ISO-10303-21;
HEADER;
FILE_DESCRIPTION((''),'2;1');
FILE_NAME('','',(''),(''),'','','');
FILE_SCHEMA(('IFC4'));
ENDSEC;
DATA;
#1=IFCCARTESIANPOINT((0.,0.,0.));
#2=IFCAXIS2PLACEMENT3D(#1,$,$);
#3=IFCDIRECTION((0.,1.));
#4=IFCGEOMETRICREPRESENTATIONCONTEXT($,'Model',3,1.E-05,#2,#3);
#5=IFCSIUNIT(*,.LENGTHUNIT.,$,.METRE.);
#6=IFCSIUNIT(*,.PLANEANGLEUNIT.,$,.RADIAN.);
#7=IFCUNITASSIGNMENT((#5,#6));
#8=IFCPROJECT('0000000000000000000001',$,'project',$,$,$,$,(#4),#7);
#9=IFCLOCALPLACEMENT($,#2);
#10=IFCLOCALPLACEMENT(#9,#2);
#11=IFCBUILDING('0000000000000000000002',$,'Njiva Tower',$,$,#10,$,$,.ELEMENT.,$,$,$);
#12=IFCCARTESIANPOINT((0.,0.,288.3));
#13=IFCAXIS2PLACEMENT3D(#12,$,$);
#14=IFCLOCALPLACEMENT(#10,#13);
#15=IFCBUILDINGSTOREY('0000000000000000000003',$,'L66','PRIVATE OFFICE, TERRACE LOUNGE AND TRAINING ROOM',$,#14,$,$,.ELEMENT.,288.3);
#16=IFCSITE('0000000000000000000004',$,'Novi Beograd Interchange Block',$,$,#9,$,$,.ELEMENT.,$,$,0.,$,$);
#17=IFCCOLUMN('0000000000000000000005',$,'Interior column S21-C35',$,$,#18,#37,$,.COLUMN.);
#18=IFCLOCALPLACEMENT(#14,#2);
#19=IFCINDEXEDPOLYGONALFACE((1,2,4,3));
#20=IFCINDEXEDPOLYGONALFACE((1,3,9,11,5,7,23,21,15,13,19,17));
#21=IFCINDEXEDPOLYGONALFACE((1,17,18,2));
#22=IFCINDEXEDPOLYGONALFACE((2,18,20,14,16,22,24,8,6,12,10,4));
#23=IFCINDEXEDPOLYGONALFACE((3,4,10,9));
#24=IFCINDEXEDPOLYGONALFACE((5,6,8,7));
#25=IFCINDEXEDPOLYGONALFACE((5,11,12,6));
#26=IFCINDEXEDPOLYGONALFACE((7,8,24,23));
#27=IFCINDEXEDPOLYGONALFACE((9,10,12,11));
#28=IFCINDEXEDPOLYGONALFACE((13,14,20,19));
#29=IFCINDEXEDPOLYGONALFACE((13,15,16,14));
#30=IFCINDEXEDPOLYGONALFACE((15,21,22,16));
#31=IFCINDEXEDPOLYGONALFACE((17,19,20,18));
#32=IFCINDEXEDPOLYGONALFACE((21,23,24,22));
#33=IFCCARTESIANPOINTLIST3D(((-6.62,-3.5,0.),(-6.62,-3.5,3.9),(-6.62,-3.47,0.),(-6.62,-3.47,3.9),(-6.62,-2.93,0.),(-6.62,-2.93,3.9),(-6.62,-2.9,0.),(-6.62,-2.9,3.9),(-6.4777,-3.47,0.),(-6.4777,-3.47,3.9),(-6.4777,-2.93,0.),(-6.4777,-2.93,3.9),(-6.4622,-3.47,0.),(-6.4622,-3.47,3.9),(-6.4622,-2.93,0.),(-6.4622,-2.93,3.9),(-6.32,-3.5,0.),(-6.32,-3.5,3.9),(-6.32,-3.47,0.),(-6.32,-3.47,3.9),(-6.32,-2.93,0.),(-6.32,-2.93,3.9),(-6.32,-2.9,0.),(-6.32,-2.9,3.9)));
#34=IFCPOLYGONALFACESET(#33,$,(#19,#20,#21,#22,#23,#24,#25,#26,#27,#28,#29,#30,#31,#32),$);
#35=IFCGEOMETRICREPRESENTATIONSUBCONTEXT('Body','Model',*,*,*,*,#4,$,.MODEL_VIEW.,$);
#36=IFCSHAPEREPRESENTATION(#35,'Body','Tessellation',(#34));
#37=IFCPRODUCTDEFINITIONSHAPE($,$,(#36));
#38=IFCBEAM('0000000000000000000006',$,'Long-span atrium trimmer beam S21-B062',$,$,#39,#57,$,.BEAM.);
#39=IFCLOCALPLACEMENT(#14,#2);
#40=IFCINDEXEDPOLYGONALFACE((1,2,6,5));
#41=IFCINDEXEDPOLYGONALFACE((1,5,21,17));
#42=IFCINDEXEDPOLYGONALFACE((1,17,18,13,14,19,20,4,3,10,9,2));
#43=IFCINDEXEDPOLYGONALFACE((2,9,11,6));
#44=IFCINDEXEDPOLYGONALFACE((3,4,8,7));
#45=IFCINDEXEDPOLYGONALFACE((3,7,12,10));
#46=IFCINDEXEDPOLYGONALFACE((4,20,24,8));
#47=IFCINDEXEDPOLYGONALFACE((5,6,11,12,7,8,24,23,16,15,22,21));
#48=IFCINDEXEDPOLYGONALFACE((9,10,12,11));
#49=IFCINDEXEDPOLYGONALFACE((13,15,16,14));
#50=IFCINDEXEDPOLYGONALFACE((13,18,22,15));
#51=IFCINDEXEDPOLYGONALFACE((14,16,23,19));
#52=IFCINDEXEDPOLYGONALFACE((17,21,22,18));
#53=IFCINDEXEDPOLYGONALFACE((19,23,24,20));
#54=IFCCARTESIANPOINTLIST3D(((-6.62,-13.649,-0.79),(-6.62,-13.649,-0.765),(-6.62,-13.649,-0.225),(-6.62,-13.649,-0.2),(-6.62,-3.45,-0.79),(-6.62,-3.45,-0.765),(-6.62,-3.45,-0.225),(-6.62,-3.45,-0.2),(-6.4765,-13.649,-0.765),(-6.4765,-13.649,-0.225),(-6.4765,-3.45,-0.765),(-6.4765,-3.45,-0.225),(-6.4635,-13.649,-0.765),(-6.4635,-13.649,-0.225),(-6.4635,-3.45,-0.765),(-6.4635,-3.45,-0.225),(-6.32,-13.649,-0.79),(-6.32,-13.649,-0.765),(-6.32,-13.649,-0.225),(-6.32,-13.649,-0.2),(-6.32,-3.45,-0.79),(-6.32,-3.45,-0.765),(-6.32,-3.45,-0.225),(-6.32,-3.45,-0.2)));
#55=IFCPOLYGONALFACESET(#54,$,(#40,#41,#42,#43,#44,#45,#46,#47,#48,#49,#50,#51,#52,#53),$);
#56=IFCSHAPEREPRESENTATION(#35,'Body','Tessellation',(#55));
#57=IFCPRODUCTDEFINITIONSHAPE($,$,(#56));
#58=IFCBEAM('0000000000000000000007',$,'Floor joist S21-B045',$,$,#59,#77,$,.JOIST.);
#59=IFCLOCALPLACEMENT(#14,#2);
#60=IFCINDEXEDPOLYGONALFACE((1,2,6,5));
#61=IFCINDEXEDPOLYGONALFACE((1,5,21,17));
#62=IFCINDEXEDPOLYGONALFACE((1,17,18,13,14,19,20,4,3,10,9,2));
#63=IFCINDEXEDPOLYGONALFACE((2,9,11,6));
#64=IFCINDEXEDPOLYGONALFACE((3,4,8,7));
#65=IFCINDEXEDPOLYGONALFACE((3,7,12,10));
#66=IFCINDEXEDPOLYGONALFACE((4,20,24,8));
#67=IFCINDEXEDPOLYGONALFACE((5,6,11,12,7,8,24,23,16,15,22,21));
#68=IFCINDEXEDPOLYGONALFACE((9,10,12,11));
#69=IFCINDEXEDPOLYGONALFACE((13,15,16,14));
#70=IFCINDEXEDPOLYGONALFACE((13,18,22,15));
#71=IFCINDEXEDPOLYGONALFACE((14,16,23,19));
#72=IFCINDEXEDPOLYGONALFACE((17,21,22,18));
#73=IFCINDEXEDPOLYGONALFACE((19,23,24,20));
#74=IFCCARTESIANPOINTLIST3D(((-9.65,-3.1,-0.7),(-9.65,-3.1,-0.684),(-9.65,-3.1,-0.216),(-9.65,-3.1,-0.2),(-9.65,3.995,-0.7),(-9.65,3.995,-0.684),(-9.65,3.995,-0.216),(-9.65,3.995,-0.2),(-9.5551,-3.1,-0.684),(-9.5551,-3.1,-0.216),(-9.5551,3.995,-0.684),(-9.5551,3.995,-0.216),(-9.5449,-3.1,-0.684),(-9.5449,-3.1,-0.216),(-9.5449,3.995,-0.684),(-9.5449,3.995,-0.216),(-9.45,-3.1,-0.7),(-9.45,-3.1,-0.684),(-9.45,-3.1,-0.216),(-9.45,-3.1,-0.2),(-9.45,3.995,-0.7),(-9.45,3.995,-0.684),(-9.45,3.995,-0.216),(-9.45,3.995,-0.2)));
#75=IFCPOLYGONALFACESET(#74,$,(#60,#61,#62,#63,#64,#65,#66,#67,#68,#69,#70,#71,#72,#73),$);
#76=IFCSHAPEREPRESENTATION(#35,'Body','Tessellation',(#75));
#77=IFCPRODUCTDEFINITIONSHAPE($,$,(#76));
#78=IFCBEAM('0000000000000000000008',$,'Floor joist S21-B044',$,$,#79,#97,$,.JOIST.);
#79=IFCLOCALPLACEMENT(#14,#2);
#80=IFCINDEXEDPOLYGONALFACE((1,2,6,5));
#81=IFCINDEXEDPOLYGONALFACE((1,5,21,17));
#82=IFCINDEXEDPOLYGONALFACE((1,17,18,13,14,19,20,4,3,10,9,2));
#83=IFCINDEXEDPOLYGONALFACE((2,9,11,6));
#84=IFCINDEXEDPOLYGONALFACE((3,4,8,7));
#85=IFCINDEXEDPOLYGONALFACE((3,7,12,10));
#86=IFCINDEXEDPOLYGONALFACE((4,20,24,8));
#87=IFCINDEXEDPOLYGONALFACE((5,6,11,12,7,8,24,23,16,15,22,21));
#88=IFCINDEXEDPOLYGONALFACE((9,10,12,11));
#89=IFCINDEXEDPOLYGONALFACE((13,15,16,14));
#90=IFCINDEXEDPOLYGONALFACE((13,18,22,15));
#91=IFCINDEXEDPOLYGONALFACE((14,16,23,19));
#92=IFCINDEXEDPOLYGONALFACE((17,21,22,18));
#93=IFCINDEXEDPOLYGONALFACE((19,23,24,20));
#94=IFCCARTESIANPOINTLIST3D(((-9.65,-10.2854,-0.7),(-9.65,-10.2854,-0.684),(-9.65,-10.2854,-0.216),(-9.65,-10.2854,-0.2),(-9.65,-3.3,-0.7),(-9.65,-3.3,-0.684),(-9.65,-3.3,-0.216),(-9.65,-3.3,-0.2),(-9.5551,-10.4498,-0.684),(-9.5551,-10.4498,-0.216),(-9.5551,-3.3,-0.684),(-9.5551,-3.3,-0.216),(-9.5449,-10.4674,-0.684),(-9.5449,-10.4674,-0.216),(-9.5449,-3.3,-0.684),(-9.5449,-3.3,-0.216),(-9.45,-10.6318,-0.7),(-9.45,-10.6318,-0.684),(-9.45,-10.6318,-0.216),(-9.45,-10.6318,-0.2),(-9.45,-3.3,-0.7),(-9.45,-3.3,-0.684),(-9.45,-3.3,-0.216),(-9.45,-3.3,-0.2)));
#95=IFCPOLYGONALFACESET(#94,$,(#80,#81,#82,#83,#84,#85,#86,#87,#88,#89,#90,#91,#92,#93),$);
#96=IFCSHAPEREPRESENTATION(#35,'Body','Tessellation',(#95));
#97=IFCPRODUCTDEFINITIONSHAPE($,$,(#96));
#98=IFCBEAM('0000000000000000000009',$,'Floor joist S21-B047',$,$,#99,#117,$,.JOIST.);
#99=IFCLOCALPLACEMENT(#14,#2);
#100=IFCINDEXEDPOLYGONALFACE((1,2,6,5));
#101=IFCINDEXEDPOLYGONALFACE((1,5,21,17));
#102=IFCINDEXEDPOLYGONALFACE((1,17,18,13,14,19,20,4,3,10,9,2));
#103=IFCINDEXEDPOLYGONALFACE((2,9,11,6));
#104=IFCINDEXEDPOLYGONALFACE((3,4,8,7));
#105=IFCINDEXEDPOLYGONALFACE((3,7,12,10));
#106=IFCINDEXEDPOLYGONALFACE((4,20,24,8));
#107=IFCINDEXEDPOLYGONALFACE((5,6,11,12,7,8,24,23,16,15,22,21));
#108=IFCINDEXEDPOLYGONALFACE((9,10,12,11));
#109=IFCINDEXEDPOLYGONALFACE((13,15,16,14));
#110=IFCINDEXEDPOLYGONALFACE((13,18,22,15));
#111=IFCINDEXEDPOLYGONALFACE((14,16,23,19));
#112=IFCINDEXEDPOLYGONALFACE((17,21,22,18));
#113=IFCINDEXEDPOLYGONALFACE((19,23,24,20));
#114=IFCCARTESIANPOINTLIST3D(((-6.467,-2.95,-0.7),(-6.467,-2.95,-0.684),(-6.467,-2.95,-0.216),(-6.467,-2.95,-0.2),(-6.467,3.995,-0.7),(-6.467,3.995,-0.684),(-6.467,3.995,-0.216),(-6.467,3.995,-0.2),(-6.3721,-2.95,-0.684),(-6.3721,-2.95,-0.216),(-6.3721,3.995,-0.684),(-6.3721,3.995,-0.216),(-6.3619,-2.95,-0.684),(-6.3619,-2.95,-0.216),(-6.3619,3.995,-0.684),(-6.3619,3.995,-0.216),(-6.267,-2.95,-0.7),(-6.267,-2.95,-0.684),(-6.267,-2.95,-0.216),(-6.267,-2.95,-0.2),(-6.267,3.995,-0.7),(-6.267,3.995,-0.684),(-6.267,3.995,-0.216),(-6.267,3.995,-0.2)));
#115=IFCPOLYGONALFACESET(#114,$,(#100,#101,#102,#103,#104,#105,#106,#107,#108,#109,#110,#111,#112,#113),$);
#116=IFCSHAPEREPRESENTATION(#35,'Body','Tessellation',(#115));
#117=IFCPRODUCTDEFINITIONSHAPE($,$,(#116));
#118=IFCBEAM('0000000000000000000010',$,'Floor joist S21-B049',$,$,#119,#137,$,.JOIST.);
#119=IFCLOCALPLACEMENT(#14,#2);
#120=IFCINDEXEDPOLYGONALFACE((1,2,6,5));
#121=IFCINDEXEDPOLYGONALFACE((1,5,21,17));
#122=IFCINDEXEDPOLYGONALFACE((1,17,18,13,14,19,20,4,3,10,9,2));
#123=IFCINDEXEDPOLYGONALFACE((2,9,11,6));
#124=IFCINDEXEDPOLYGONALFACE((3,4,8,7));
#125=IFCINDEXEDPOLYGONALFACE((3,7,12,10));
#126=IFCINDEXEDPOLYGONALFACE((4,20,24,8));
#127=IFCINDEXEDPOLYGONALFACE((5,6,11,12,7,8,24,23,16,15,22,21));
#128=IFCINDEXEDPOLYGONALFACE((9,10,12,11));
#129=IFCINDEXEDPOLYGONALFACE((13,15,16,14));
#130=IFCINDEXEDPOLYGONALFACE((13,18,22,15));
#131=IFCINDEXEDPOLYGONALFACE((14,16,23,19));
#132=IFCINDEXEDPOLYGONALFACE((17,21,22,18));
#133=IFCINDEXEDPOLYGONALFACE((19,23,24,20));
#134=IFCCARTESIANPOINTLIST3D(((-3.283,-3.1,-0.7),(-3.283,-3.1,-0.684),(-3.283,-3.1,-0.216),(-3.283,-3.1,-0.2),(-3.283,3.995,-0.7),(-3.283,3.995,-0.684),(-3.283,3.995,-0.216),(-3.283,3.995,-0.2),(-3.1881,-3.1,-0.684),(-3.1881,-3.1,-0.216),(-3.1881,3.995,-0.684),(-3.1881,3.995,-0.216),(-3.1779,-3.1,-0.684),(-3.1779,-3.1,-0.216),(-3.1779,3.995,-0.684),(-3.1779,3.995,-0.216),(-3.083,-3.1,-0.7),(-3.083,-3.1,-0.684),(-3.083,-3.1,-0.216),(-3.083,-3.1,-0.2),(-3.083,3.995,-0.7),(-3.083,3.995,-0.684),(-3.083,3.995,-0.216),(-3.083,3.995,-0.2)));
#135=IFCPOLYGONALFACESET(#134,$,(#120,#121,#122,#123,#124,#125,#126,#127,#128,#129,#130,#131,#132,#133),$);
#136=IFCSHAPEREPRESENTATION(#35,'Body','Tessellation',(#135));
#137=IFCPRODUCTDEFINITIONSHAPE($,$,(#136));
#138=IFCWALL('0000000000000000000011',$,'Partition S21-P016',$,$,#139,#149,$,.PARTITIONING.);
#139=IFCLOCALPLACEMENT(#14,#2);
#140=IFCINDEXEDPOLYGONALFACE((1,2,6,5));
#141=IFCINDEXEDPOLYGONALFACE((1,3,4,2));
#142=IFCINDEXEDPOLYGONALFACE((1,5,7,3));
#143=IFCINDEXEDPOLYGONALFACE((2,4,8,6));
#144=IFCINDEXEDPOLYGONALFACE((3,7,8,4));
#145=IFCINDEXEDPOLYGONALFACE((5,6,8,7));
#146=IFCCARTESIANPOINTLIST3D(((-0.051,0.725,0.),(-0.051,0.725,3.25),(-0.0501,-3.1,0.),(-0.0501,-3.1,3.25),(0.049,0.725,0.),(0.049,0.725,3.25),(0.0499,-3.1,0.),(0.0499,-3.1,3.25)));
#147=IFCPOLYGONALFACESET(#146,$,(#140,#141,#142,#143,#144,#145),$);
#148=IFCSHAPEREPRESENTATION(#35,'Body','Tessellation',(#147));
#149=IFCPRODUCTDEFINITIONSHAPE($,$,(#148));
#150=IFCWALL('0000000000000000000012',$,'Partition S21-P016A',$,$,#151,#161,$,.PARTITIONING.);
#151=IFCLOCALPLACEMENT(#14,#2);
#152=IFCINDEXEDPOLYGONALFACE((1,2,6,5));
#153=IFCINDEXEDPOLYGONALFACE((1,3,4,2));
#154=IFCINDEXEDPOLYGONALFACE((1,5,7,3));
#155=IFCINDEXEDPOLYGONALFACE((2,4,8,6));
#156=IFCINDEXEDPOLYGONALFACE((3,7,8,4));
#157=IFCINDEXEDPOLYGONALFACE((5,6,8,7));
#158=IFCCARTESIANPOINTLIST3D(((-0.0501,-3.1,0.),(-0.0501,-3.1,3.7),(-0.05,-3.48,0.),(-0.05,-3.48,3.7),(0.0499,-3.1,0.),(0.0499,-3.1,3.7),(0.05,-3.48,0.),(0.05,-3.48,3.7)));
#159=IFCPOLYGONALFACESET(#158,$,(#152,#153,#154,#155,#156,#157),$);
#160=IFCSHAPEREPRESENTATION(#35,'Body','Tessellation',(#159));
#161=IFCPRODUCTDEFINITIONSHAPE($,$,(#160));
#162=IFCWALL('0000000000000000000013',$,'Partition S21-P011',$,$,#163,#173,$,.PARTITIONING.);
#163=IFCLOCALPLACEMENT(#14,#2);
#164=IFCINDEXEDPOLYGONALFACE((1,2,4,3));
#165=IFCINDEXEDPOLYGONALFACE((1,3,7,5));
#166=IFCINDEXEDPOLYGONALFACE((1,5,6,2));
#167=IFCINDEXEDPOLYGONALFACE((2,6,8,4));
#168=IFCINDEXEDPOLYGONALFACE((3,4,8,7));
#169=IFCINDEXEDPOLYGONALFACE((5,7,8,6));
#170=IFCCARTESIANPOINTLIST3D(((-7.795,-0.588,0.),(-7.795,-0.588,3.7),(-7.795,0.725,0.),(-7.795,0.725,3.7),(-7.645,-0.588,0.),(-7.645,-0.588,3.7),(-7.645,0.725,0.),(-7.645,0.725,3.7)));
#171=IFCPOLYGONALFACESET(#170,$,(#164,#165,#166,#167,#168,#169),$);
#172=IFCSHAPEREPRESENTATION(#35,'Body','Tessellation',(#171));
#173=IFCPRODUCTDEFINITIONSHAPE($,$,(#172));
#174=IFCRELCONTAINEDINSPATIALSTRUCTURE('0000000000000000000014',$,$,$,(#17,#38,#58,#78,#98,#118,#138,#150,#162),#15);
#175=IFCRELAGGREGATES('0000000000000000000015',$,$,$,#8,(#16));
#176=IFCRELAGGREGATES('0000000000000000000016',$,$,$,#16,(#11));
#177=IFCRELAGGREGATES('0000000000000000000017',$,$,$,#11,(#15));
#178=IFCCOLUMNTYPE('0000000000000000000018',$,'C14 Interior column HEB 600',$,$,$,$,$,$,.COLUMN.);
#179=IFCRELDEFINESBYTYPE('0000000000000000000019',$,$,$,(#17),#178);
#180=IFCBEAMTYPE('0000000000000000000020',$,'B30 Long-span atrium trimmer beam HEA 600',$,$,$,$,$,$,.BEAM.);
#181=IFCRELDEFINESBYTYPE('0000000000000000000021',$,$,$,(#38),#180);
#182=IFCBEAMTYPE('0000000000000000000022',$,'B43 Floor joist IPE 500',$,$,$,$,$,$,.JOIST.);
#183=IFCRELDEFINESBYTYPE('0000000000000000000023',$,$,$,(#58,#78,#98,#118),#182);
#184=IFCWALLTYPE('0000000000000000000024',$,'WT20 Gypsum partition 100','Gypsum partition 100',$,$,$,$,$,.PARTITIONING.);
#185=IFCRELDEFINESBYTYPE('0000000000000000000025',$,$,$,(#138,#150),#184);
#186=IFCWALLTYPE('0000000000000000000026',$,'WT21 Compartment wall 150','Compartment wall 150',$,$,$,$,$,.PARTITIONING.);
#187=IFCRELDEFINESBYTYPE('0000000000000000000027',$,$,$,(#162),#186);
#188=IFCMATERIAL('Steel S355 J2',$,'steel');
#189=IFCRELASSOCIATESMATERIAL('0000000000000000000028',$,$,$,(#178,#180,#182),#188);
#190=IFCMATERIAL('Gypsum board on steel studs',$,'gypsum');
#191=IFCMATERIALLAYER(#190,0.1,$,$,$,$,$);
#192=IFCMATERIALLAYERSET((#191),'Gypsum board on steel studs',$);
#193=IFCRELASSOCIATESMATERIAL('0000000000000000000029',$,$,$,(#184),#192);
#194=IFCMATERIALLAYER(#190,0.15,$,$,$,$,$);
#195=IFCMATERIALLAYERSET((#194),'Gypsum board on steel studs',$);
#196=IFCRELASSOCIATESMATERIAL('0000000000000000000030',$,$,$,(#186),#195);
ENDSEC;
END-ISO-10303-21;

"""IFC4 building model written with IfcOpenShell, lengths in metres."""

from ifc_helpers import new_model, si_unit, direction, frame, frame_2d, origin, origin_2d, place, context, subcontext, project, spatial, rectangle, i_section, extrude, clip, halfspace, material, layer, layer_set, material_profile, profile_set, type_object, element, save


model = new_model("IFC4")

# Units and contexts
model_context = context("Model", 3, precision=1e-05, world=origin(), true_north=direction((0.0, 1.0)))
body_context = subcontext(model_context, "Body", "Model", "MODEL_VIEW")
ifc_project = project(units=[si_unit("LENGTHUNIT", "METRE"), si_unit("PLANEANGLEUNIT", "RADIAN")], contexts=[model_context])

# Site, building, storey
site_placement = place(None, origin())
site = spatial("IfcSite", under=ifc_project, at=site_placement, Name="Novi Beograd Interchange Block", CompositionType="ELEMENT", RefElevation=0.0)
building_placement = place(site_placement, origin())
building = spatial("IfcBuilding", under=site, at=building_placement, Name="Njiva Tower", CompositionType="ELEMENT")
storey_placement = place(building_placement, frame((0.0, 0.0, 288.3)))
storey = spatial("IfcBuildingStorey", under=building, at=storey_placement, Name="L66", Description="PRIVATE OFFICE, TERRACE LOUNGE AND TRAINING ROOM", CompositionType="ELEMENT", Elevation=288.3)

# Column
ifc_material_1 = material(Name="Steel S355 J2", Category="steel")
ifc_material_profile_1 = material_profile(ifc_material_1, i_section(OverallWidth=0.3, OverallDepth=0.6, WebThickness=0.0155, FlangeThickness=0.03, at=origin_2d()), Name="HEB 600")
ifc_profile_set_1 = profile_set([ifc_material_profile_1], Name="Steel S355 J2")
column_type = type_object("IfcColumnType", Name="C14 Interior column HEB 600", PredefinedType="COLUMN", material=ifc_profile_set_1)
column_placement = place(storey_placement, frame((-6.47, -3.2, 0.0), z_axis=(0.0, 0.0, 1.0), x_axis=(1.0, 0.0, 0.0)))
element("IfcColumn", 1, at=column_placement, inside=storey, type_object=column_type, Name="Interior column S21-C35", PredefinedType="COLUMN", context=body_context, shape_type="SweptSolid", body=[
    extrude(i_section(OverallWidth=0.3, OverallDepth=0.6, WebThickness=0.0155, FlangeThickness=0.03, at=origin_2d()), origin(), (0.0, 0.0, 1.0), 3.9),
])

# Beams
ifc_material_profile_2 = material_profile(ifc_material_1, i_section(OverallWidth=0.3, OverallDepth=0.59, WebThickness=0.013, FlangeThickness=0.025, at=origin_2d()), Name="HEA 600")
ifc_profile_set_2 = profile_set([ifc_material_profile_2], Name="Steel S355 J2")
beam_type_1 = type_object("IfcBeamType", Name="B30 Long-span atrium trimmer beam HEA 600", PredefinedType="BEAM", material=ifc_profile_set_2)
beam_1_placement = place(storey_placement, frame((-6.47, -3.45, -0.495), z_axis=(0.0, -1.0, 0.0), x_axis=(1.0, 0.0, 0.0)))
element("IfcBeam", 2, at=beam_1_placement, inside=storey, type_object=beam_type_1, Name="Long-span atrium trimmer beam S21-B062", PredefinedType="BEAM", context=body_context, shape_type="SweptSolid", body=[
    extrude(i_section(OverallWidth=0.3, OverallDepth=0.59, WebThickness=0.013, FlangeThickness=0.025, at=origin_2d()), origin(), (0.0, 0.0, 1.0), 10.199),
])
ifc_material_profile_3 = material_profile(ifc_material_1, i_section(OverallWidth=0.2, OverallDepth=0.5, WebThickness=0.0102, FlangeThickness=0.016, at=origin_2d()), Name="IPE 500")
ifc_profile_set_3 = profile_set([ifc_material_profile_3], Name="Steel S355 J2")
beam_type_2 = type_object("IfcBeamType", Name="B43 Floor joist IPE 500", PredefinedType="JOIST", material=ifc_profile_set_3)
beam_2_placement = place(storey_placement, frame((-9.55, 3.995, -0.45), z_axis=(0.0, -1.0, 0.0), x_axis=(1.0, 0.0, 0.0)))
element("IfcBeam", 3, at=beam_2_placement, inside=storey, type_object=beam_type_2, Name="Floor joist S21-B045", PredefinedType="JOIST", context=body_context, shape_type="SweptSolid", body=[
    extrude(i_section(OverallWidth=0.2, OverallDepth=0.5, WebThickness=0.0102, FlangeThickness=0.016, at=origin_2d()), origin(), (0.0, 0.0, 1.0), 7.095),
])
beam_3_placement = place(storey_placement, frame((-9.55, -3.3, -0.45), z_axis=(0.0, -1.0, 0.0), x_axis=(1.0, 0.0, 0.0)))
element("IfcBeam", 4, at=beam_3_placement, inside=storey, type_object=beam_type_2, Name="Floor joist S21-B044", PredefinedType="JOIST", context=body_context, shape_type="Clipping", body=[
    clip(extrude(i_section(OverallWidth=0.2, OverallDepth=0.5, WebThickness=0.0102, FlangeThickness=0.016, at=origin_2d()), origin(), (0.0, 0.0, 1.0), 7.352), halfspace(frame((-0.0433, 0.0, 7.0836), z_axis=(-0.866027, 0.0, 0.499998), x_axis=(0.0, 1.0, 0.0)), False)),
])
beam_4_placement = place(storey_placement, frame((-6.367, 3.995, -0.45), z_axis=(0.0, -1.0, 0.0), x_axis=(1.0, 0.0, 0.0)))
element("IfcBeam", 5, at=beam_4_placement, inside=storey, type_object=beam_type_2, Name="Floor joist S21-B047", PredefinedType="JOIST", context=body_context, shape_type="SweptSolid", body=[
    extrude(i_section(OverallWidth=0.2, OverallDepth=0.5, WebThickness=0.0102, FlangeThickness=0.016, at=origin_2d()), origin(), (0.0, 0.0, 1.0), 6.945),
])
beam_5_placement = place(storey_placement, frame((-3.183, 3.995, -0.45), z_axis=(0.0, -1.0, 0.0), x_axis=(1.0, 0.0, 0.0)))
element("IfcBeam", 6, at=beam_5_placement, inside=storey, type_object=beam_type_2, Name="Floor joist S21-B049", PredefinedType="JOIST", context=body_context, shape_type="SweptSolid", body=[
    extrude(i_section(OverallWidth=0.2, OverallDepth=0.5, WebThickness=0.0102, FlangeThickness=0.016, at=origin_2d()), origin(), (0.0, 0.0, 1.0), 7.095),
])

# Walls
ifc_material_2 = material(Name="Gypsum board on steel studs", Category="gypsum")
ifc_layer_1 = layer(ifc_material_2, 0.1)
ifc_layer_set_1 = layer_set([ifc_layer_1], Name="Gypsum board on steel studs")
wall_type_1 = type_object("IfcWallType", Name="WT20 Gypsum partition 100", Description="Gypsum partition 100", PredefinedType="PARTITIONING", material=ifc_layer_set_1)
wall_1_placement = place(storey_placement, frame((-0.001, 0.725, 0.0), z_axis=(0.0, 0.0, 1.0), x_axis=(0.000235, -1.0, 0.0)))
element("IfcWall", 7, at=wall_1_placement, inside=storey, type_object=wall_type_1, Name="Partition S21-P016", PredefinedType="PARTITIONING", context=body_context, shape_type="SweptSolid", body=[
    extrude(rectangle(XDim=3.825, YDim=0.1, at=frame_2d((1.9125, 0.0))), origin(), (0.0, 0.0, 1.0), 3.25),
])
wall_2_placement = place(storey_placement, frame((-0.0001, -3.1, 0.0), z_axis=(0.0, 0.0, 1.0), x_axis=(0.000263, -1.0, 0.0)))
element("IfcWall", 8, at=wall_2_placement, inside=storey, type_object=wall_type_1, Name="Partition S21-P016A", PredefinedType="PARTITIONING", context=body_context, shape_type="SweptSolid", body=[
    extrude(rectangle(XDim=0.38, YDim=0.1, at=frame_2d((0.19, 0.0))), origin(), (0.0, 0.0, 1.0), 3.7),
])
ifc_layer_2 = layer(ifc_material_2, 0.15)
ifc_layer_set_2 = layer_set([ifc_layer_2], Name="Gypsum board on steel studs")
wall_type_2 = type_object("IfcWallType", Name="WT21 Compartment wall 150", Description="Compartment wall 150", PredefinedType="PARTITIONING", material=ifc_layer_set_2)
wall_3_placement = place(storey_placement, frame((-7.72, -0.588, 0.0), z_axis=(0.0, 0.0, 1.0), x_axis=(0.0, 1.0, 0.0)))
element("IfcWall", 9, at=wall_3_placement, inside=storey, type_object=wall_type_2, Name="Partition S21-P011", PredefinedType="PARTITIONING", context=body_context, shape_type="SweptSolid", body=[
    extrude(rectangle(XDim=1.313, YDim=0.15, at=frame_2d((0.6565, 0.0))), origin(), (0.0, 0.0, 1.0), 3.7),
])

save(model, "model.ifc")
